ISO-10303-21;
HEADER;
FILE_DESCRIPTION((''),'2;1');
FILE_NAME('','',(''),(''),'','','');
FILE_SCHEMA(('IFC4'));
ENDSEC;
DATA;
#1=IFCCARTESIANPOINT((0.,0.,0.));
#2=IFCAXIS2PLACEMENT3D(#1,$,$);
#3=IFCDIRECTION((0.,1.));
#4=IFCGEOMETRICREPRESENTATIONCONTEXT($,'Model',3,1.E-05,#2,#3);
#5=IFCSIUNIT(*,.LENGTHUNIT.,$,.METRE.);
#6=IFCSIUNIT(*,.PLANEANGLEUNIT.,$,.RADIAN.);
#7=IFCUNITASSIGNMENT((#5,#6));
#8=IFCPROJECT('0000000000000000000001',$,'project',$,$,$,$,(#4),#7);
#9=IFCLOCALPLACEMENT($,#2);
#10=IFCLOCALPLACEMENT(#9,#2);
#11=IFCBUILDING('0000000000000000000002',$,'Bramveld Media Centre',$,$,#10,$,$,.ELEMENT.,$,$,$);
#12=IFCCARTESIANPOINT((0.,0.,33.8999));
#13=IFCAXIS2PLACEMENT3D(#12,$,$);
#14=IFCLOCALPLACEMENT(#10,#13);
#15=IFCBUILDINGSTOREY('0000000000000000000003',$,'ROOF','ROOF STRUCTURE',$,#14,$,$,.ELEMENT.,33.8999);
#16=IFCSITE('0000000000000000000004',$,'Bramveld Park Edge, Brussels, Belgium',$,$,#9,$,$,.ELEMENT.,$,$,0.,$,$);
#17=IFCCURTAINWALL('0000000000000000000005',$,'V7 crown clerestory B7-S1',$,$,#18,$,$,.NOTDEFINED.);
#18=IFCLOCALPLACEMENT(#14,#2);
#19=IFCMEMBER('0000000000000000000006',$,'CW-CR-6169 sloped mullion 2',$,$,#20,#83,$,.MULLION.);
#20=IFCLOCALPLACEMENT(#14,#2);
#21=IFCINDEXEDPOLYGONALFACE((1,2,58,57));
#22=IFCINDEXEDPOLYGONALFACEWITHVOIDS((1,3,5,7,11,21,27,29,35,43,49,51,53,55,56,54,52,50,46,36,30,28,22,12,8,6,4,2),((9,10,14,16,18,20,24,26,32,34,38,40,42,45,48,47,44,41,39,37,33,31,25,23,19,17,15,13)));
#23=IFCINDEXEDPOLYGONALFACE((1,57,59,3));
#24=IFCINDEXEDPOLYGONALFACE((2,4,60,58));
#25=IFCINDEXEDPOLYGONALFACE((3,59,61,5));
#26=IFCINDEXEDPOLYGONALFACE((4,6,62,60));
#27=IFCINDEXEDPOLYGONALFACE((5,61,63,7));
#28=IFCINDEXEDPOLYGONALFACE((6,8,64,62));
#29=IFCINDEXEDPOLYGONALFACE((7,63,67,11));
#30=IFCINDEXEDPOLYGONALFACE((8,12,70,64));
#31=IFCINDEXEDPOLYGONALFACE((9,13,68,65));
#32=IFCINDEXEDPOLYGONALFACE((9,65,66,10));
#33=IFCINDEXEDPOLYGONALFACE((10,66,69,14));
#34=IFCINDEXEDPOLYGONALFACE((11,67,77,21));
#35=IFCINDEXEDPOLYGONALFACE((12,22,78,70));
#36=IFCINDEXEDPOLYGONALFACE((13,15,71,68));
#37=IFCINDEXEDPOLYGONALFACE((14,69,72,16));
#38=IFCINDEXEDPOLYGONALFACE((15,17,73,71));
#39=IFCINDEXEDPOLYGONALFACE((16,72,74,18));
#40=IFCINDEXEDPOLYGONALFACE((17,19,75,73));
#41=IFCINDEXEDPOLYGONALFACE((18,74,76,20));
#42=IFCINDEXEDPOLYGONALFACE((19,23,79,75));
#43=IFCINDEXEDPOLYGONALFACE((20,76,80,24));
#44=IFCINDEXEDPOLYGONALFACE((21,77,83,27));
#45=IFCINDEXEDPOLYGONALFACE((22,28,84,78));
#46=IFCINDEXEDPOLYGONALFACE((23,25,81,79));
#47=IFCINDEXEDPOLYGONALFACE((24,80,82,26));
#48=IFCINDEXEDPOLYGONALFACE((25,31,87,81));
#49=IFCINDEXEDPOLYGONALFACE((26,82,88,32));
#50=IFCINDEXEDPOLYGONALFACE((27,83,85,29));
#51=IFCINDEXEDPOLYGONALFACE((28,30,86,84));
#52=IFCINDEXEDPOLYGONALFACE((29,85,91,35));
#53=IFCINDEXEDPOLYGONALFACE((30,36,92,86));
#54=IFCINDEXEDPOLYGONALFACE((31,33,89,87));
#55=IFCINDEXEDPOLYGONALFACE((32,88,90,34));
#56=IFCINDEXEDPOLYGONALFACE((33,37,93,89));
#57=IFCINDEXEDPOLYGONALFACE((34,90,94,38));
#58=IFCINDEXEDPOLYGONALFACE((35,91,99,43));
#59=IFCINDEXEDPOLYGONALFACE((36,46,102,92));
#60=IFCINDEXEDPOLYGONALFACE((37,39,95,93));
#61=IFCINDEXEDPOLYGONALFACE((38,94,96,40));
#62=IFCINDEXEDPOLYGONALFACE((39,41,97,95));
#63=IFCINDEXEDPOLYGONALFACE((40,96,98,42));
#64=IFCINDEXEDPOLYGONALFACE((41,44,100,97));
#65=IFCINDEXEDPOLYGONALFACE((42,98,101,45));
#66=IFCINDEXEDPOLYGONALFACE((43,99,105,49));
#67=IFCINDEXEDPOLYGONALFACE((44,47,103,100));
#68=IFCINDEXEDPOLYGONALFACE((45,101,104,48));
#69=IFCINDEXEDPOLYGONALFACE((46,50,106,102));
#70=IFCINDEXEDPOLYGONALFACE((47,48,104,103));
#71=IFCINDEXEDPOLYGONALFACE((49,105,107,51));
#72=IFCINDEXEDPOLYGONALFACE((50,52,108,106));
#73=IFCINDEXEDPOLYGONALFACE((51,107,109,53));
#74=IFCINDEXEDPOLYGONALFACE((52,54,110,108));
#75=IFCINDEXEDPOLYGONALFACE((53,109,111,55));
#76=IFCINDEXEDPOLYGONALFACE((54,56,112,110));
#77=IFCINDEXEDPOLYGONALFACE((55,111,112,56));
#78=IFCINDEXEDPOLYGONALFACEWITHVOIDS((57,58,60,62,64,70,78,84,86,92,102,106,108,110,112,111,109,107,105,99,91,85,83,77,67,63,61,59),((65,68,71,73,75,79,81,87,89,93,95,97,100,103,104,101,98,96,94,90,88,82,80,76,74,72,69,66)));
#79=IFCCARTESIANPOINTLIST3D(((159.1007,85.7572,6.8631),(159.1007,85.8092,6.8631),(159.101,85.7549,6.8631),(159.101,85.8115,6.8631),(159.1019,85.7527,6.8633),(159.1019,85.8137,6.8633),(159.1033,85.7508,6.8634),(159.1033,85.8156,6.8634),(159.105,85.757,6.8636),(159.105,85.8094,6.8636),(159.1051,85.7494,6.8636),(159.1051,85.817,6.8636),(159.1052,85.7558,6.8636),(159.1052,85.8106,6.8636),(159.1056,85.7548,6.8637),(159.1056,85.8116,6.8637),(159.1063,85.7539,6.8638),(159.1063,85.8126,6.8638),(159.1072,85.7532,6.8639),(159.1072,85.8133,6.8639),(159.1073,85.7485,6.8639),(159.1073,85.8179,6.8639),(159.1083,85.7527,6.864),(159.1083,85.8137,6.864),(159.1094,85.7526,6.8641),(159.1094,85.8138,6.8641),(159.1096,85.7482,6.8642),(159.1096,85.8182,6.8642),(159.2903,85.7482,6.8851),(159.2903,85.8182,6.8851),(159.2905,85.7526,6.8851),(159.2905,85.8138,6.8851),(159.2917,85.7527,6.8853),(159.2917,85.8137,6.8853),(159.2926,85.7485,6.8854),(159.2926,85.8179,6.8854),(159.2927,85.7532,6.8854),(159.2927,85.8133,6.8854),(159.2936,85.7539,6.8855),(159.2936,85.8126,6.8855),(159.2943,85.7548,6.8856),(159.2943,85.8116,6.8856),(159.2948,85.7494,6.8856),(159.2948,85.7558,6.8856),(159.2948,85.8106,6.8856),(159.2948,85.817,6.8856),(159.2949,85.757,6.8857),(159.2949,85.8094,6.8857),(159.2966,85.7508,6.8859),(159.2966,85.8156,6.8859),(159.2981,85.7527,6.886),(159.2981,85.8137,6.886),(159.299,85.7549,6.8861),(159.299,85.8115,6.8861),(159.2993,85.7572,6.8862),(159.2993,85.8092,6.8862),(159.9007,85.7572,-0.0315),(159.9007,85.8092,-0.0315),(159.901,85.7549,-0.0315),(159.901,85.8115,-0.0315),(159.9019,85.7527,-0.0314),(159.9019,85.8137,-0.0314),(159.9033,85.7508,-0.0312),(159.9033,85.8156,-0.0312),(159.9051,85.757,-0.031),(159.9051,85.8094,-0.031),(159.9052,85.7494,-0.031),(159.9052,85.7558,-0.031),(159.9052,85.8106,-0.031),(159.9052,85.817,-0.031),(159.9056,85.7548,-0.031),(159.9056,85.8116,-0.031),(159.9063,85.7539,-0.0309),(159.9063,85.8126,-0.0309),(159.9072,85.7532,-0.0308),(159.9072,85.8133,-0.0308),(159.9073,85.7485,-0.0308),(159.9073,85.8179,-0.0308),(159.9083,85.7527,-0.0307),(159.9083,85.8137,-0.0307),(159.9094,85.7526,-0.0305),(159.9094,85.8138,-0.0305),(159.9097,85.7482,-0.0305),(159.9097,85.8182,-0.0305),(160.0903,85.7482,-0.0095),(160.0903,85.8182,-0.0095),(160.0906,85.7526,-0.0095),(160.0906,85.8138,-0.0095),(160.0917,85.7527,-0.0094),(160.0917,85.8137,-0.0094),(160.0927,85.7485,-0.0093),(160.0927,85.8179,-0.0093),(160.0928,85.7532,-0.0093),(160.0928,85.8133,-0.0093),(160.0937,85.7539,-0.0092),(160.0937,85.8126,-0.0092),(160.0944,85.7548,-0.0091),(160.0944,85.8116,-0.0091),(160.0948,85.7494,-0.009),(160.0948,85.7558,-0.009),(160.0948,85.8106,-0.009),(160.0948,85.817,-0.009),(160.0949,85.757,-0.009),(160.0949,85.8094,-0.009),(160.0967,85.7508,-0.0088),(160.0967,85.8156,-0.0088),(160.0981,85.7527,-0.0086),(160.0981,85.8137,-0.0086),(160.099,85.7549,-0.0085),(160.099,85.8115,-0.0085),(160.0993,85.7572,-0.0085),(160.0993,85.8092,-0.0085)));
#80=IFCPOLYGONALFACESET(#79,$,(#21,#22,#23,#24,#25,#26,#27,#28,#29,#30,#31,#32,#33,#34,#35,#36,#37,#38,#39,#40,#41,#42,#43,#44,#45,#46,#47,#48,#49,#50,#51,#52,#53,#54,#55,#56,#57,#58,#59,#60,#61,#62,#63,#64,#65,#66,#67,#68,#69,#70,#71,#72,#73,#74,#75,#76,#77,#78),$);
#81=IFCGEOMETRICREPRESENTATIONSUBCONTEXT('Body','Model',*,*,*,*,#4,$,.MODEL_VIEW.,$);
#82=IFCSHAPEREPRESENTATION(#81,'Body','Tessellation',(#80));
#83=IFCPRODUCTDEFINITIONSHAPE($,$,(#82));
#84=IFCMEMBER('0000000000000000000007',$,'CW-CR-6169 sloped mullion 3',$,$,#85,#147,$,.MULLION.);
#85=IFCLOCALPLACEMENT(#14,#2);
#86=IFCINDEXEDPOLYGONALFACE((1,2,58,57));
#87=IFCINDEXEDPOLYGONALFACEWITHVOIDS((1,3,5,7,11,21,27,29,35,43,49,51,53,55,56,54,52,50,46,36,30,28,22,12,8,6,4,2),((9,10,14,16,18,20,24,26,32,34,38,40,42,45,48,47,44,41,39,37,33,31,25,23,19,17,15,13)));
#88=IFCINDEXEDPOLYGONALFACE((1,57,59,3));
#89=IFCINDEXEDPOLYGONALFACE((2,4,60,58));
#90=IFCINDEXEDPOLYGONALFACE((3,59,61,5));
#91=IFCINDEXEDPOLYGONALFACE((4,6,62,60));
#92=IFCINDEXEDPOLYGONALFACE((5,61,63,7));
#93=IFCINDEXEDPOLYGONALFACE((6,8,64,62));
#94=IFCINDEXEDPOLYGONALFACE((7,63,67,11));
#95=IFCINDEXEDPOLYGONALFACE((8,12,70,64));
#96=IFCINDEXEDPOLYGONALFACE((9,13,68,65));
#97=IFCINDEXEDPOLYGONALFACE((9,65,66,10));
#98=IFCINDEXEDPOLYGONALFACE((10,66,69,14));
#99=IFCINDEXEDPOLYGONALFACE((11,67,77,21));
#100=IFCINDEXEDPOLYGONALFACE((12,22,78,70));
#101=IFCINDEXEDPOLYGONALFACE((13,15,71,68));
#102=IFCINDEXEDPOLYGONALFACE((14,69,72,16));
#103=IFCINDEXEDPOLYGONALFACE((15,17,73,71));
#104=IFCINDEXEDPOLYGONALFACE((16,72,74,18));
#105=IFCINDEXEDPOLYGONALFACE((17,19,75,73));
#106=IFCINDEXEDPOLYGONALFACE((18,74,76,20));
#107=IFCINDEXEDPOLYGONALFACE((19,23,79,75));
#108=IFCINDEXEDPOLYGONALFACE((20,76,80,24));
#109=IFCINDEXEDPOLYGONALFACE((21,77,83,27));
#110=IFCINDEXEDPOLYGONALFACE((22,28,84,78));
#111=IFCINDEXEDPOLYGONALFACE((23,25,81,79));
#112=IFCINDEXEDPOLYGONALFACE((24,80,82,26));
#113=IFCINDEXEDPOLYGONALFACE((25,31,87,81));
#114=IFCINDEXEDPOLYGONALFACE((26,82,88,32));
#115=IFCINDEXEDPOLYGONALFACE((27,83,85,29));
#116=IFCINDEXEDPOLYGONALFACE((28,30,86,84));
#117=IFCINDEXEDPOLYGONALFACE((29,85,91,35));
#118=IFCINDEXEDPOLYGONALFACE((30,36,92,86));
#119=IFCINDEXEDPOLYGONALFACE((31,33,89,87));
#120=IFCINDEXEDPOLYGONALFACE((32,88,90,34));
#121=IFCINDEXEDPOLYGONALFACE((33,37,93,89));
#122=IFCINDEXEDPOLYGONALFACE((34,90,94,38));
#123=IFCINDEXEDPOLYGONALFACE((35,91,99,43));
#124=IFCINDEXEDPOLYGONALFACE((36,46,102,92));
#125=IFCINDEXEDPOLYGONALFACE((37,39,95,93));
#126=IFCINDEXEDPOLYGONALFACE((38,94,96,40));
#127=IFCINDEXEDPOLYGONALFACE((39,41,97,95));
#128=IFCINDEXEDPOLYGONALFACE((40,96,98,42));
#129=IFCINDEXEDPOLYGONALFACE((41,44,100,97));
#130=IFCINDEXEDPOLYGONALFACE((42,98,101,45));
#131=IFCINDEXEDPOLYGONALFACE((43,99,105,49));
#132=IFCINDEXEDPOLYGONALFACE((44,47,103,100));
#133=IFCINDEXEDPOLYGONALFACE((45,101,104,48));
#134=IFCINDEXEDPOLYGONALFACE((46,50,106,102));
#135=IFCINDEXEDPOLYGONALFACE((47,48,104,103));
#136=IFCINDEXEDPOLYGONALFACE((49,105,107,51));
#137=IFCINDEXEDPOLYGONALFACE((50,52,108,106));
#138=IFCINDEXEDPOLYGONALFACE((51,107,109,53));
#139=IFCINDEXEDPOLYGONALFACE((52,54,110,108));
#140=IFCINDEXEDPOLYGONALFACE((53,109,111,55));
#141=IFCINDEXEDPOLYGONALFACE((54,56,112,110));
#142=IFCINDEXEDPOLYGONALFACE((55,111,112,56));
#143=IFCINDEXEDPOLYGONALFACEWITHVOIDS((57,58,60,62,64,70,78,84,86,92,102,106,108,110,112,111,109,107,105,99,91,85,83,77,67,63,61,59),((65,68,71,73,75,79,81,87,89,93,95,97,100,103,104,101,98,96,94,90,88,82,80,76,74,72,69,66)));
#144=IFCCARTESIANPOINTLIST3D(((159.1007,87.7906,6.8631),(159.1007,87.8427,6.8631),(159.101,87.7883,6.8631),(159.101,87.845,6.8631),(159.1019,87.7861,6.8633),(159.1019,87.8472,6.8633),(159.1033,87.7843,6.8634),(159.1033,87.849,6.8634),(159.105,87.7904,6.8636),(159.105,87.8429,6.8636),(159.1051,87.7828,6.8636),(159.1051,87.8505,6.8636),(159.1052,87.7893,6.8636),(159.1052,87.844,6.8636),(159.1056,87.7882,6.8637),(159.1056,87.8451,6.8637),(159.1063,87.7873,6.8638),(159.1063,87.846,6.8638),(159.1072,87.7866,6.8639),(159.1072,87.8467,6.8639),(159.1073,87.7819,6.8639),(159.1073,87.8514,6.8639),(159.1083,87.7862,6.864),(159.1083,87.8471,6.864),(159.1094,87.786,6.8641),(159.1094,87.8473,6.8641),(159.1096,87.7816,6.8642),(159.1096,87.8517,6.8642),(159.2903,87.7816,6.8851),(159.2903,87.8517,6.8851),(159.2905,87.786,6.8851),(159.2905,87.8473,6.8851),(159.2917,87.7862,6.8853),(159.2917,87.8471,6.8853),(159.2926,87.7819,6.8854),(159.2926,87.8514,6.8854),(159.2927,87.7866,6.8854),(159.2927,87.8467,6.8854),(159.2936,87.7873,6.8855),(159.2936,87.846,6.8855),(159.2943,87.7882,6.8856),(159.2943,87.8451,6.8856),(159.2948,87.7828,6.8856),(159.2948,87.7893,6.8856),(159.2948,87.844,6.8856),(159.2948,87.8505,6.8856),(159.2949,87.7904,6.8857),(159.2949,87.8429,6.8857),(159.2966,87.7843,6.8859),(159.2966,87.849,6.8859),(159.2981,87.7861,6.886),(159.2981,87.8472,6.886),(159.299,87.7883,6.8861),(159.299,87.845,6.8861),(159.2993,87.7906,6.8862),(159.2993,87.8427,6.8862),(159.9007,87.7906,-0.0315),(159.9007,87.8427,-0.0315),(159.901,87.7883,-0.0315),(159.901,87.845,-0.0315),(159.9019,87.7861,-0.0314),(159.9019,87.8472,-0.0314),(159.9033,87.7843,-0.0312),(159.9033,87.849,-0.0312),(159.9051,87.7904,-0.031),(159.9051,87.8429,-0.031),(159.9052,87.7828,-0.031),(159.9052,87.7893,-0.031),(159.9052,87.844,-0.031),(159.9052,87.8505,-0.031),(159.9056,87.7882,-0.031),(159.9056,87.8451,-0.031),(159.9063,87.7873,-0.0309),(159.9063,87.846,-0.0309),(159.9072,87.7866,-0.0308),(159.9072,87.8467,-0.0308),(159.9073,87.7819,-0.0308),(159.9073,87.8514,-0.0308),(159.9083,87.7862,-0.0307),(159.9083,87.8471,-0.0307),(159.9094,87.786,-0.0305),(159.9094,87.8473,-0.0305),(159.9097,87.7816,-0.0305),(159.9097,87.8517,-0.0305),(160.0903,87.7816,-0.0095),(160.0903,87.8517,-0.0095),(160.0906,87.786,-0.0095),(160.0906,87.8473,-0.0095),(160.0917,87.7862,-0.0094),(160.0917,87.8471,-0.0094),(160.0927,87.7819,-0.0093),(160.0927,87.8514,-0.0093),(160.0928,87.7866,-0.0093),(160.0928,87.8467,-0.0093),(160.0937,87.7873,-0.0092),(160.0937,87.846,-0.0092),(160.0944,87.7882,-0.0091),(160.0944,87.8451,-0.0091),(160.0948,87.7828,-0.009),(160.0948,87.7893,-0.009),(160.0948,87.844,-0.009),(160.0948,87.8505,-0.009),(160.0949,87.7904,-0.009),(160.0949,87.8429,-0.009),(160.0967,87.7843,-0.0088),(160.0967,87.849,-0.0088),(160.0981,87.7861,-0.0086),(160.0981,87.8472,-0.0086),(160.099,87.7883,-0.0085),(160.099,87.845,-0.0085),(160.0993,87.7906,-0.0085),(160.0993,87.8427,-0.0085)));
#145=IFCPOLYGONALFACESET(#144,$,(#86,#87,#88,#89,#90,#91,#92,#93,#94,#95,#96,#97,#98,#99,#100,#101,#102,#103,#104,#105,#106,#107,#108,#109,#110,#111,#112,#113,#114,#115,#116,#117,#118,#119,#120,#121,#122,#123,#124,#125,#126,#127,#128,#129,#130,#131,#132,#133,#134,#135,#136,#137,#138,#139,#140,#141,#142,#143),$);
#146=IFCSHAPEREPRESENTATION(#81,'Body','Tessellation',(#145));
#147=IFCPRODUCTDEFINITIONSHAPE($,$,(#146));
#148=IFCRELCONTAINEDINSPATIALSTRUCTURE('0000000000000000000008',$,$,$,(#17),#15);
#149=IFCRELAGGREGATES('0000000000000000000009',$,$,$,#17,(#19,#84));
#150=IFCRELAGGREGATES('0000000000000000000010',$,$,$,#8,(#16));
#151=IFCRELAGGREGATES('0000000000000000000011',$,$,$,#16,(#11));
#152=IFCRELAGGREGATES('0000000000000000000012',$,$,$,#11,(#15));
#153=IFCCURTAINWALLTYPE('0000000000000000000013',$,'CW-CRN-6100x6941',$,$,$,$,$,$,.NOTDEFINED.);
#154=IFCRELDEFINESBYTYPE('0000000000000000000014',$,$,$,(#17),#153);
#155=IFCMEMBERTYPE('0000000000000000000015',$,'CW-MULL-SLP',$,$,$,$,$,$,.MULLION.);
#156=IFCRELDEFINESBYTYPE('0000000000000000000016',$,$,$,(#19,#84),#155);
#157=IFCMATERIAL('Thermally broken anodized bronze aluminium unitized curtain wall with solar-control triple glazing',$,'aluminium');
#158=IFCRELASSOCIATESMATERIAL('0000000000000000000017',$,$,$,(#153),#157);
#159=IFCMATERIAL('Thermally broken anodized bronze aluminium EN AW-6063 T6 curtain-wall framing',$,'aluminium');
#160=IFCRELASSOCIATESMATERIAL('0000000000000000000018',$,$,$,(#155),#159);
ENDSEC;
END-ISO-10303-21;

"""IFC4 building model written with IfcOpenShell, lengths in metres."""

from ifc_helpers import new_model, si_unit, direction, frame, origin, origin_2d, place, context, subcontext, project, spatial, hollow_rectangle, extrude, material, material_profile, profile_set, type_object, element, aggregate, save


model = new_model("IFC4")

# Units and contexts
model_context = context("Model", 3, precision=1e-05, world=origin(), true_north=direction((0.0, 1.0)))
body_context = subcontext(model_context, "Body", "Model", "MODEL_VIEW")
ifc_project = project(units=[si_unit("LENGTHUNIT", "METRE"), si_unit("PLANEANGLEUNIT", "RADIAN")], contexts=[model_context])

# Site, building, storey
site_placement = place(None, origin())
site = spatial("IfcSite", under=ifc_project, at=site_placement, Name="Bramveld Park Edge, Brussels, Belgium", CompositionType="ELEMENT", RefElevation=0.0)
building_placement = place(site_placement, origin())
building = spatial("IfcBuilding", under=site, at=building_placement, Name="Bramveld Media Centre", CompositionType="ELEMENT")
storey_placement = place(building_placement, frame((0.0, 0.0, 33.8999)))
storey = spatial("IfcBuildingStorey", under=building, at=storey_placement, Name="ROOF", Description="ROOF STRUCTURE", CompositionType="ELEMENT", Elevation=33.8999)

# Curtain wall, members
ifc_material_1 = material(Name="Thermally broken anodized bronze aluminium unitized curtain wall with solar-control triple glazing", Category="aluminium")
curtain_wall_type = type_object("IfcCurtainWallType", Name="CW-CRN-6100x6941", PredefinedType="NOTDEFINED", material=ifc_material_1)
ifc_material_2 = material(Name="Thermally broken anodized bronze aluminium EN AW-6063 T6 curtain-wall framing", Category="aluminium")
ifc_material_profile_1 = material_profile(ifc_material_2, hollow_rectangle(XDim=0.0701, YDim=0.2, WallThickness=0.0044, InnerFilletRadius=0.0044, OuterFilletRadius=0.009, at=origin_2d()), Name="AL-MULL 70x200")
ifc_profile_set_1 = profile_set([ifc_material_profile_1], Name="Thermally broken anodized bronze aluminium EN AW-6063 T6 curtain-wall framing")
member_type_1 = type_object("IfcMemberType", Name="CW-MULL-SLP", PredefinedType="MULLION", material=ifc_profile_set_1)
curtain_wall_1_placement = place(storey_placement, origin())
curtain_wall_1 = element("IfcCurtainWall", 1, at=curtain_wall_1_placement, inside=storey, type_object=curtain_wall_type, Name="V7 crown clerestory B7-S1", PredefinedType="NOTDEFINED")
member_1_placement = place(storey_placement, frame((160.0, 85.7832, -0.02), z_axis=(-0.115264, 0.0, 0.993335), x_axis=(0.0, -1.0, 0.0)))
member_1 = element("IfcMember", 2, at=member_1_placement, type_object=member_type_1, Name="CW-CR-6169 sloped mullion 2", PredefinedType="MULLION", context=body_context, shape_type="SweptSolid", body=[
    extrude(hollow_rectangle(XDim=0.0701, YDim=0.2, WallThickness=0.0044, InnerFilletRadius=0.0044, OuterFilletRadius=0.009, at=origin_2d()), origin(), (0.0, 0.0, 1.0), 6.9409),
])
member_2_placement = place(storey_placement, frame((160.0, 87.8167, -0.02), z_axis=(-0.115264, 0.0, 0.993335), x_axis=(0.0, -1.0, 0.0)))
member_2 = element("IfcMember", 3, at=member_2_placement, type_object=member_type_1, Name="CW-CR-6169 sloped mullion 3", PredefinedType="MULLION", context=body_context, shape_type="SweptSolid", body=[
    extrude(hollow_rectangle(XDim=0.0701, YDim=0.2, WallThickness=0.0044, InnerFilletRadius=0.0044, OuterFilletRadius=0.009, at=origin_2d()), origin(), (0.0, 0.0, 1.0), 6.9409),
])

aggregate(curtain_wall_1, [member_1, member_2])

save(model, "model.ifc")
